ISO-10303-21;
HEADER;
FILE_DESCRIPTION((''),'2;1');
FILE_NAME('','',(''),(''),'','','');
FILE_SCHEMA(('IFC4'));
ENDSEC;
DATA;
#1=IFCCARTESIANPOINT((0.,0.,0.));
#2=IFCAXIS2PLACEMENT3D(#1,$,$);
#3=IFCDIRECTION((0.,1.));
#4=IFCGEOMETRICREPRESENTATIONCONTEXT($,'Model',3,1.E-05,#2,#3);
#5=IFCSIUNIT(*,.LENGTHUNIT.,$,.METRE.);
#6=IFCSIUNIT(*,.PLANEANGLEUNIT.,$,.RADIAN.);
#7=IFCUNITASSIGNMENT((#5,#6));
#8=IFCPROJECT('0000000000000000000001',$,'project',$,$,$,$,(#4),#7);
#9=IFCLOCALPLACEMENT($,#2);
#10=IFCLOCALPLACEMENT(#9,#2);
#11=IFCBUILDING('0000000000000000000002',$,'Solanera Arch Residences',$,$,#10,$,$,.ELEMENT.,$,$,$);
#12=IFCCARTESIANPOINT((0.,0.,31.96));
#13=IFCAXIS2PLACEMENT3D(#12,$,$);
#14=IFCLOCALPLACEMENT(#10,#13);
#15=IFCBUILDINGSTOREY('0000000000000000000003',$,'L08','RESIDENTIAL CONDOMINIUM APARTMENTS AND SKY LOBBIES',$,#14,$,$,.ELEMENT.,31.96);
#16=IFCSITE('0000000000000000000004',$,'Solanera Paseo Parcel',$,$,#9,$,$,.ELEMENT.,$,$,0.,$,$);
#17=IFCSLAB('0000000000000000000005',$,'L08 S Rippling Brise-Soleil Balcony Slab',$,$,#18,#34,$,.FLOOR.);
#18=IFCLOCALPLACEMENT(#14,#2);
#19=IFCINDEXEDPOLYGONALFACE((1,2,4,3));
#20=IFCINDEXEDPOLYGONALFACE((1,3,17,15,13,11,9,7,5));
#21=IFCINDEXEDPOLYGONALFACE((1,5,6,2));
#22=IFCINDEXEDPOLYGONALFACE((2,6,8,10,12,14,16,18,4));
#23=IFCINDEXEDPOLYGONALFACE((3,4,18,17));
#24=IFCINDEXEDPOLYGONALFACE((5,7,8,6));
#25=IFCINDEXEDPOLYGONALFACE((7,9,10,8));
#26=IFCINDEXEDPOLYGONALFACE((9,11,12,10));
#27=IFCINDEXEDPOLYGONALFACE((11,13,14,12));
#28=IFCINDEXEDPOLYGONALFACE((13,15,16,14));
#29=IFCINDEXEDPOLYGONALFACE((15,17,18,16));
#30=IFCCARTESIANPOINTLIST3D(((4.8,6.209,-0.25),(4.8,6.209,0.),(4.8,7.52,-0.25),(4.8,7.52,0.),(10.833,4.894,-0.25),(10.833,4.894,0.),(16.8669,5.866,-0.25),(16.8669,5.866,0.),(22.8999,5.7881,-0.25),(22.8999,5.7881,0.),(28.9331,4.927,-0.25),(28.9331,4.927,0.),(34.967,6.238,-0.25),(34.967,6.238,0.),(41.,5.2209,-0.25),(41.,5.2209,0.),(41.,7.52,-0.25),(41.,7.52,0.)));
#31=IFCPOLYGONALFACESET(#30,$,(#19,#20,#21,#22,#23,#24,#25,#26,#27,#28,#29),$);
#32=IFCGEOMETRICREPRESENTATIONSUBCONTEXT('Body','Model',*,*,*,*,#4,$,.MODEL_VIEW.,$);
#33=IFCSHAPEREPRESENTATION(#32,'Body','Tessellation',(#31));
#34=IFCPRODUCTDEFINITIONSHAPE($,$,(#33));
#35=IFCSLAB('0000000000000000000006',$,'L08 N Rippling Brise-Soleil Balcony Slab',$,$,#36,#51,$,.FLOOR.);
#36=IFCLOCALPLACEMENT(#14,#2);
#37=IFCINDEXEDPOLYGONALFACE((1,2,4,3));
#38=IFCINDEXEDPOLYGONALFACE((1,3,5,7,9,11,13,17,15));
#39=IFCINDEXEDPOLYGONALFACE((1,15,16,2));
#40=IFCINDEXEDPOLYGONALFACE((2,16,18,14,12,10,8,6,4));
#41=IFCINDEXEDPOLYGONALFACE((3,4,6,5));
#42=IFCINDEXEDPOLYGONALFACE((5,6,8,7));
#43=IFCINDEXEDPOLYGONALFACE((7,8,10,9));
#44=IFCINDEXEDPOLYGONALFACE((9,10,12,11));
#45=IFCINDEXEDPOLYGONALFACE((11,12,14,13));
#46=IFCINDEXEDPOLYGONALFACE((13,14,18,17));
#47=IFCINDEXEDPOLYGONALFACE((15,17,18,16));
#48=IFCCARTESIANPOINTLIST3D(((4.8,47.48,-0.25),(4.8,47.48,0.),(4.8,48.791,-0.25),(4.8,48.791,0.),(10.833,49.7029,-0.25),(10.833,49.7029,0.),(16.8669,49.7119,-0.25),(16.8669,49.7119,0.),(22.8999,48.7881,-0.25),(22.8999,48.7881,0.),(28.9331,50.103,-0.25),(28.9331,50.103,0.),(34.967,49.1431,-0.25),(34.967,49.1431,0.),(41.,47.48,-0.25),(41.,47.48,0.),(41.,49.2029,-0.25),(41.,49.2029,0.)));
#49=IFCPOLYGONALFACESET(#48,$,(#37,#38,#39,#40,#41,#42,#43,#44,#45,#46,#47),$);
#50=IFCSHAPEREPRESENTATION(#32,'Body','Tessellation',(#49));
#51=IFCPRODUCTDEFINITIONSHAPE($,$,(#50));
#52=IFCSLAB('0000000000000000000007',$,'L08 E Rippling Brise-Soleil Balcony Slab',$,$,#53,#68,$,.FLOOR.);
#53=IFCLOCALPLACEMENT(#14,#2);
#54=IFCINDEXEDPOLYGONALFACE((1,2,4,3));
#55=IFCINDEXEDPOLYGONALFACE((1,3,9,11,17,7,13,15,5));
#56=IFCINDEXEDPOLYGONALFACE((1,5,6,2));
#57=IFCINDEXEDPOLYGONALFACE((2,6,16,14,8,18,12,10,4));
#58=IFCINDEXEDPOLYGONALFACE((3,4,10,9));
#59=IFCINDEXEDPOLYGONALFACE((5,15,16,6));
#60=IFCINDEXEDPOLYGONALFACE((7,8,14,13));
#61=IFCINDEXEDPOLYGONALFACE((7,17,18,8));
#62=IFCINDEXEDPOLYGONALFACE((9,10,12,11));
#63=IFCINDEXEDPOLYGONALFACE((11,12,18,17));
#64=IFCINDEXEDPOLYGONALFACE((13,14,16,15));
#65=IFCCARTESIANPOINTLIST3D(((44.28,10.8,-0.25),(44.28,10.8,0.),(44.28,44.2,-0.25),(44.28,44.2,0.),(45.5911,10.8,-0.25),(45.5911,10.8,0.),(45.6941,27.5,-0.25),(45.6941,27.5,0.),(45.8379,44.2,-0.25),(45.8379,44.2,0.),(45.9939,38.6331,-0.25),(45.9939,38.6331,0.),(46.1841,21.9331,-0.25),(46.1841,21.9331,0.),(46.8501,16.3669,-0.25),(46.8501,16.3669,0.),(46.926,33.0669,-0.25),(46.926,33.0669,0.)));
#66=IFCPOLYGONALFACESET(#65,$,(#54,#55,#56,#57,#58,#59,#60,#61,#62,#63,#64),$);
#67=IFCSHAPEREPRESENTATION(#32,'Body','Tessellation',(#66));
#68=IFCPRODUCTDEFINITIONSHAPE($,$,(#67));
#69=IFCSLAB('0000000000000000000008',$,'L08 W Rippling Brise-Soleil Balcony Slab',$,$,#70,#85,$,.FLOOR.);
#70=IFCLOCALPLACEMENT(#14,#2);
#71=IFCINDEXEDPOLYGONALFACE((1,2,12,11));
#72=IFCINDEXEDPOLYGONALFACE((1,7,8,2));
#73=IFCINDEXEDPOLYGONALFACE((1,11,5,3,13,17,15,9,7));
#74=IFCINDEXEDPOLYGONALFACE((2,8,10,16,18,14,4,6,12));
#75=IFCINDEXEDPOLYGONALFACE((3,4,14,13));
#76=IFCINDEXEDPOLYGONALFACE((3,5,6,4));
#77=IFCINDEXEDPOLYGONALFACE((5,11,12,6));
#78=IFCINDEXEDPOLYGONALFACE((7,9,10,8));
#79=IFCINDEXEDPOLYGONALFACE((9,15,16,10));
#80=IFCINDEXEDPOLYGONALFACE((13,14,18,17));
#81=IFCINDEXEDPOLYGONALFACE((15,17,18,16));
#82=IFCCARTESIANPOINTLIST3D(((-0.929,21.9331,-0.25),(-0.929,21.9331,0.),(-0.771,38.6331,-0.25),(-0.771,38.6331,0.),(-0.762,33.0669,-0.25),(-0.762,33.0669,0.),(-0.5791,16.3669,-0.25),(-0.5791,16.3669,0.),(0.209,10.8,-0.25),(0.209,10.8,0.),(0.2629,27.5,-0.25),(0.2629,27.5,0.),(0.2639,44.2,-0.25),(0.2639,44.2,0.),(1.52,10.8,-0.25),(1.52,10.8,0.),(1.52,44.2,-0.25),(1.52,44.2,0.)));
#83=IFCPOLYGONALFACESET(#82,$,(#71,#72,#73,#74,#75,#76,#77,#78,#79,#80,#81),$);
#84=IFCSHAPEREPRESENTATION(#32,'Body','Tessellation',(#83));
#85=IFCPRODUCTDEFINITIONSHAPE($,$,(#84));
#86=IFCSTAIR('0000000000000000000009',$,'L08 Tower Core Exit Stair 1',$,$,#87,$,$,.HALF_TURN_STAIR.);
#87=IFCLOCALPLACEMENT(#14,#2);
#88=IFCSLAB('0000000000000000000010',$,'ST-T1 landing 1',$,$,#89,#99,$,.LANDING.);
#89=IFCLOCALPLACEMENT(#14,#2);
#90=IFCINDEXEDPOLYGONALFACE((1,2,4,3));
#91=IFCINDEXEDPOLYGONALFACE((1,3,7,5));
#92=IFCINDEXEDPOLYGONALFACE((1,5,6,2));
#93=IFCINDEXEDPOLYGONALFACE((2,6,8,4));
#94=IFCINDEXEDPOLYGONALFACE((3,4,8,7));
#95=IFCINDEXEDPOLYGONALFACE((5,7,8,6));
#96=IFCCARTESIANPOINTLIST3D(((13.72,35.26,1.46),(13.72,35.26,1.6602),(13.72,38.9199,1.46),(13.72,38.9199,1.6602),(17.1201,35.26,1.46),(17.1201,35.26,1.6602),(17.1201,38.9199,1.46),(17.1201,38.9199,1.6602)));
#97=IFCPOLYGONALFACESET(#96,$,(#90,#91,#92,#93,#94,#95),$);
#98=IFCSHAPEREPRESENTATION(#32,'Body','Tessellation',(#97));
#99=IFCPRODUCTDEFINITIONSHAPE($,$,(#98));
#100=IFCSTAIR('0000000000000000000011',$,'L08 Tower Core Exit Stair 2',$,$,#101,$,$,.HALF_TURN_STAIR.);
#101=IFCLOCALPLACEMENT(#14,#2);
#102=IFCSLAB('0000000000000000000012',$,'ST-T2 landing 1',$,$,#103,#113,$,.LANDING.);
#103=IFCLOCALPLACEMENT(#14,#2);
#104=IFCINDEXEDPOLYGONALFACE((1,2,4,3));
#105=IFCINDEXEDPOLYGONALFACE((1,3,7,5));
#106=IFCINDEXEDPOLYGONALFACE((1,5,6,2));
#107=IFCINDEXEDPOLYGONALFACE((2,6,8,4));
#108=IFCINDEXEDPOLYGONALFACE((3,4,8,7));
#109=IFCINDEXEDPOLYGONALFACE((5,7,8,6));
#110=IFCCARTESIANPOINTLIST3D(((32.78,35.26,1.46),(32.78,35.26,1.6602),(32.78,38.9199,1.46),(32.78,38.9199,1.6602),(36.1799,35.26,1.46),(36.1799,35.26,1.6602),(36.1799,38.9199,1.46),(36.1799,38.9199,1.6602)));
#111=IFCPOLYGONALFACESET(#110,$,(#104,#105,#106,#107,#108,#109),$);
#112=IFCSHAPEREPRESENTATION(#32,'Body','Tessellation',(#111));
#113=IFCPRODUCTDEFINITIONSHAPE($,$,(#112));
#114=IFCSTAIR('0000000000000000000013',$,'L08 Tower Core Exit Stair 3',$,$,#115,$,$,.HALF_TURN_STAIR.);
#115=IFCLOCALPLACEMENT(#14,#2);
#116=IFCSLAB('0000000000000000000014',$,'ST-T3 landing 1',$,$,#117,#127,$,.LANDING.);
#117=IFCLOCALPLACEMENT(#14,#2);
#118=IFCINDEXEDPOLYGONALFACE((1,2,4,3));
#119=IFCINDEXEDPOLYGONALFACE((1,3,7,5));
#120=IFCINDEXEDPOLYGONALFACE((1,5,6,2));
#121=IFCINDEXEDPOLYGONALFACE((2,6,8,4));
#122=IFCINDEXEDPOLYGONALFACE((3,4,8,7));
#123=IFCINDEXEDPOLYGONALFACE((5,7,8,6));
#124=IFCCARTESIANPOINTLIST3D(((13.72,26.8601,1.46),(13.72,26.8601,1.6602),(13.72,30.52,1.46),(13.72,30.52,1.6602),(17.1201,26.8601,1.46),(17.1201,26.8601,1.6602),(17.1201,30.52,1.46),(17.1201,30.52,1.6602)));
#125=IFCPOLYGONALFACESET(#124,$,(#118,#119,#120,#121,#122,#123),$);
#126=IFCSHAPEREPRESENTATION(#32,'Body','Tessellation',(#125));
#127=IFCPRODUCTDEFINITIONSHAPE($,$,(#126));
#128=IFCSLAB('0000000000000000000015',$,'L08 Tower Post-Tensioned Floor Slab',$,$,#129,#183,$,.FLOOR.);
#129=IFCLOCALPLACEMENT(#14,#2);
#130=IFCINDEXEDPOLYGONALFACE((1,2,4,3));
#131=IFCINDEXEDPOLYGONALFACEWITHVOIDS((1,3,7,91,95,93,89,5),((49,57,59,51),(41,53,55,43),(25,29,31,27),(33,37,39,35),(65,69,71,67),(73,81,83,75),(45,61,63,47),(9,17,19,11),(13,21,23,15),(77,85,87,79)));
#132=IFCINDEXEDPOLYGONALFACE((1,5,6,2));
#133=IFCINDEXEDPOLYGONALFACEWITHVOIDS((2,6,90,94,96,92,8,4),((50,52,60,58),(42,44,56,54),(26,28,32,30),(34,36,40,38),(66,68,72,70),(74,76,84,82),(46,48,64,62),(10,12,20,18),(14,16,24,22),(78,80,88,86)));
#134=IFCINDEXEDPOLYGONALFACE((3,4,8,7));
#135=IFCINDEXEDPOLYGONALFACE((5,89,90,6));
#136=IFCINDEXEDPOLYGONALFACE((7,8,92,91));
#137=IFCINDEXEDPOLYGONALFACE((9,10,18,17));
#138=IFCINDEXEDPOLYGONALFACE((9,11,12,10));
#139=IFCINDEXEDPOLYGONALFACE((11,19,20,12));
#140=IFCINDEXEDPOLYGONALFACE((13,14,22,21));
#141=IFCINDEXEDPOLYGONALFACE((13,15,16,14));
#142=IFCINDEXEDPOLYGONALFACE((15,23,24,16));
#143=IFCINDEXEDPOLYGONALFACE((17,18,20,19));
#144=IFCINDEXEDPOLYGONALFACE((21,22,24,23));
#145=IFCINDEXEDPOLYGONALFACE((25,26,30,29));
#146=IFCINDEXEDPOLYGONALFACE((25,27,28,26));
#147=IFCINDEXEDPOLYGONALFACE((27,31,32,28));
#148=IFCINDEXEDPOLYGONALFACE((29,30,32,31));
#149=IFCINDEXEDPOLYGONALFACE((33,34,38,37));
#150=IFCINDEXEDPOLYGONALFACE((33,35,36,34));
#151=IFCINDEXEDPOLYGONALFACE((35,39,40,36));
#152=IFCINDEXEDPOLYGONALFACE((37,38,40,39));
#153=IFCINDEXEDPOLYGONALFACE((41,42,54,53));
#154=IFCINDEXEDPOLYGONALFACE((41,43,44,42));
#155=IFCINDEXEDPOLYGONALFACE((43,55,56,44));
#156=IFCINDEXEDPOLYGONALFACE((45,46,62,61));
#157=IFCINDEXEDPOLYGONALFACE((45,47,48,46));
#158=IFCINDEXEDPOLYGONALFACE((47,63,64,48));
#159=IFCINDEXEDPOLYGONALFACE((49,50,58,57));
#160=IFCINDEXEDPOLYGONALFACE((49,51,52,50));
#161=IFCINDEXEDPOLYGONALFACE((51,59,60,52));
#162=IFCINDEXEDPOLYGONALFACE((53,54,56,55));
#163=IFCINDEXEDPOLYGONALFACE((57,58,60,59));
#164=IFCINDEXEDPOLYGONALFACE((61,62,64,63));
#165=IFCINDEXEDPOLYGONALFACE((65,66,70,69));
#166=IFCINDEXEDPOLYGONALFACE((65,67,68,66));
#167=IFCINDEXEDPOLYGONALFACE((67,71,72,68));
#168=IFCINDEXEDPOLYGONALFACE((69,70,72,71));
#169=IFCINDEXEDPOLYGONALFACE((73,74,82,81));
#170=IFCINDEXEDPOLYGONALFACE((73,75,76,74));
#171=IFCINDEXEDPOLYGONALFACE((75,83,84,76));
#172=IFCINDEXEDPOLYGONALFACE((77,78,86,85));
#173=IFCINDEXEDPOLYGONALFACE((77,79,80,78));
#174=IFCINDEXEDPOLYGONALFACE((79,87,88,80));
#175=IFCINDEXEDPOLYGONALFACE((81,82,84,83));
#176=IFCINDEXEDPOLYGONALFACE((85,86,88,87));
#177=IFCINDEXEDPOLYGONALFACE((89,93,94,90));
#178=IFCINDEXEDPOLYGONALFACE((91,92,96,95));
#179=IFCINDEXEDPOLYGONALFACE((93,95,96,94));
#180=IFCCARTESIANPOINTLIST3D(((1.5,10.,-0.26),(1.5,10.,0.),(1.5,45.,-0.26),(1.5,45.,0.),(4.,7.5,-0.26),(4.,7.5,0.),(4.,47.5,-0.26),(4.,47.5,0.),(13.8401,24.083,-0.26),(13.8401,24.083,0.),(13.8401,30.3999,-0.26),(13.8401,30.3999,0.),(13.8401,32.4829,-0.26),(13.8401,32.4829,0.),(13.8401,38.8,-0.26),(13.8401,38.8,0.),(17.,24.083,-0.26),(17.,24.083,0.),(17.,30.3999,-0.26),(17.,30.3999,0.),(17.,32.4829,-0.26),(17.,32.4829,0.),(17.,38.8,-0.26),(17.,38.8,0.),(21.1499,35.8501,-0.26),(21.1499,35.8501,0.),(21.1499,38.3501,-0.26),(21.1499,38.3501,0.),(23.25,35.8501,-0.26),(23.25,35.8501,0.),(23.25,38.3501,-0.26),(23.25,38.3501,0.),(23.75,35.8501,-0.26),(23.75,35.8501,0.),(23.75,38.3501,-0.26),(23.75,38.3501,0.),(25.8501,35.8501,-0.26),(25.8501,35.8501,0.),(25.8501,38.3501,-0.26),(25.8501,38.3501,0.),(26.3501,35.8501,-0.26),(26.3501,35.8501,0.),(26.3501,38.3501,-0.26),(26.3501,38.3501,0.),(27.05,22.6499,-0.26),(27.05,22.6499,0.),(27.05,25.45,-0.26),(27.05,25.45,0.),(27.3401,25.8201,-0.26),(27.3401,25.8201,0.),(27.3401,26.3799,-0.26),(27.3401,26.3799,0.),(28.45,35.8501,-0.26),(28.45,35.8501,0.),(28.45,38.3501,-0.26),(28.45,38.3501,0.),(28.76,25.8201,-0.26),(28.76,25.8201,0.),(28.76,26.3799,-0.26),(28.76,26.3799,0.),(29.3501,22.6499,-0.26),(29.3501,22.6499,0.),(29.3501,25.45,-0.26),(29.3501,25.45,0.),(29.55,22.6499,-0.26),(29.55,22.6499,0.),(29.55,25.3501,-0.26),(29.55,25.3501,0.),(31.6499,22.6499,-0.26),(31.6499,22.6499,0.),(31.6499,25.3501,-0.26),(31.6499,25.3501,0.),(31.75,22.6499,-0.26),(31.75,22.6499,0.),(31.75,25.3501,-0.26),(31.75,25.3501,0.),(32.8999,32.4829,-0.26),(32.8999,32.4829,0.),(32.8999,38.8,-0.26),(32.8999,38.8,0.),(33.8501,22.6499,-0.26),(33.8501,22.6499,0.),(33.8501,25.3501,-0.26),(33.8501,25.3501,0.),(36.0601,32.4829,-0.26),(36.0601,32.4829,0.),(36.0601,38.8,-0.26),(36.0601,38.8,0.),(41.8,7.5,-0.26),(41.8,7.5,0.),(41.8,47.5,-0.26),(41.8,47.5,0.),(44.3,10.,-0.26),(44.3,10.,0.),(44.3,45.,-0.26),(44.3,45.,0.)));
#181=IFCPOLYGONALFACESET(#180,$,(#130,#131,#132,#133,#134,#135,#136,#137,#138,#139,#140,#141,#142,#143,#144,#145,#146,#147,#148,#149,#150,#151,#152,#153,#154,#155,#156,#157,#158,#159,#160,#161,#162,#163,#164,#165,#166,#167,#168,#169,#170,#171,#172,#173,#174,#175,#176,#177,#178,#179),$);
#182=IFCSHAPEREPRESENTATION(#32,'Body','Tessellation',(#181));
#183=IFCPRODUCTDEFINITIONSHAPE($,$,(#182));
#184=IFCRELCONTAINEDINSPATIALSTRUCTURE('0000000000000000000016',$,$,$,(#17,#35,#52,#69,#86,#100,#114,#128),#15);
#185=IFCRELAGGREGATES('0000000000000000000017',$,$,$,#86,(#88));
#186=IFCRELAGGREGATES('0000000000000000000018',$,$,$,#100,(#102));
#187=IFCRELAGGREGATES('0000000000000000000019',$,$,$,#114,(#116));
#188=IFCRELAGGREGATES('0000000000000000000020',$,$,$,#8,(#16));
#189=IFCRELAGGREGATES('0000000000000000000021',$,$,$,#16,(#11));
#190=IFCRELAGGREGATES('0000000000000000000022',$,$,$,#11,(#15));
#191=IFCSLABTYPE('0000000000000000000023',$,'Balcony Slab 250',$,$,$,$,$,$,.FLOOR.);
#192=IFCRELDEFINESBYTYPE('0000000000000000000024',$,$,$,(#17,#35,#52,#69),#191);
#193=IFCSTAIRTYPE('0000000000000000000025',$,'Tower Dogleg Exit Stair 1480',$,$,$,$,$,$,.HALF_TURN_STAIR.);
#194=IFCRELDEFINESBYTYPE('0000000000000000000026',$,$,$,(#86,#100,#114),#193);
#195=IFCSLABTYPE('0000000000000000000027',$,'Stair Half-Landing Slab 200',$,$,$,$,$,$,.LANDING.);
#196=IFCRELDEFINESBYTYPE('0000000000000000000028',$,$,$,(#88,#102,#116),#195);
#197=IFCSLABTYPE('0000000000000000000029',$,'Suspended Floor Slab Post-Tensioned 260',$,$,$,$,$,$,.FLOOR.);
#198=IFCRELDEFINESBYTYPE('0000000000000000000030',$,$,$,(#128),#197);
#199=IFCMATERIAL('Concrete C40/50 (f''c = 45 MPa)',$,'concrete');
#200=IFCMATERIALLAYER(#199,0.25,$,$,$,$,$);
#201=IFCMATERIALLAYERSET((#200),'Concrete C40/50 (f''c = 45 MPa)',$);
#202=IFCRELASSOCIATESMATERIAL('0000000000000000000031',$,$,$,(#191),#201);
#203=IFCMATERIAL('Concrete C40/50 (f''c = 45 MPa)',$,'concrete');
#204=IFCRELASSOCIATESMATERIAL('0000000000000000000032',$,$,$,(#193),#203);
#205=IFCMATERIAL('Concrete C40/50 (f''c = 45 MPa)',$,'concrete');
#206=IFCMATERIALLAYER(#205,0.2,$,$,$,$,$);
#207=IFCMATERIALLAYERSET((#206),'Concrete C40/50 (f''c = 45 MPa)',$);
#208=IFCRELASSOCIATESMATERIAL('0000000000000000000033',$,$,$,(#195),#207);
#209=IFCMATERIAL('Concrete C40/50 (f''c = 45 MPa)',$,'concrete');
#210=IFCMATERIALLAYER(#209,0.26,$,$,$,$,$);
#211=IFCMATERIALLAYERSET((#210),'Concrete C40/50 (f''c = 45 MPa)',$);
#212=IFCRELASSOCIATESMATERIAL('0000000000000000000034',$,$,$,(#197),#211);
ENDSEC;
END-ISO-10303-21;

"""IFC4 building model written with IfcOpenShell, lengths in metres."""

from ifc_helpers import new_model, si_unit, direction, frame, origin, place, context, subcontext, project, spatial, polyline, outline, extrude, material, layer, layer_set, type_object, element, aggregate, save


model = new_model("IFC4")

# Units and contexts
model_context = context("Model", 3, precision=1e-05, world=origin(), true_north=direction((0.0, 1.0)))
body_context = subcontext(model_context, "Body", "Model", "MODEL_VIEW")
ifc_project = project(units=[si_unit("LENGTHUNIT", "METRE"), si_unit("PLANEANGLEUNIT", "RADIAN")], contexts=[model_context])

# Site, building, storey
site_placement = place(None, origin())
site = spatial("IfcSite", under=ifc_project, at=site_placement, Name="Solanera Paseo Parcel", CompositionType="ELEMENT", RefElevation=0.0)
building_placement = place(site_placement, origin())
building = spatial("IfcBuilding", under=site, at=building_placement, Name="Solanera Arch Residences", CompositionType="ELEMENT")
storey_placement = place(building_placement, frame((0.0, 0.0, 31.96)))
storey = spatial("IfcBuildingStorey", under=building, at=storey_placement, Name="L08", Description="RESIDENTIAL CONDOMINIUM APARTMENTS AND SKY LOBBIES", CompositionType="ELEMENT", Elevation=31.96)

# Slabs
ifc_material_1 = material(Name="Concrete C40/50 (f'c = 45 MPa)", Category="concrete")
ifc_layer_1 = layer(ifc_material_1, 0.25)
ifc_layer_set_1 = layer_set([ifc_layer_1], Name="Concrete C40/50 (f'c = 45 MPa)")
slab_type_1 = type_object("IfcSlabType", Name="Balcony Slab 250", PredefinedType="FLOOR", material=ifc_layer_set_1)
slab_1_placement = place(storey_placement, frame((0.0, 0.0, -0.25)))
element("IfcSlab", 1, at=slab_1_placement, inside=storey, type_object=slab_type_1, Name="L08 S Rippling Brise-Soleil Balcony Slab", PredefinedType="FLOOR", context=body_context, shape_type="SweptSolid", body=[
    extrude(outline(polyline([(4.8, 6.209), (10.833, 4.894), (16.8669, 5.866), (22.8999, 5.7881), (28.9331, 4.927), (34.967, 6.238), (41.0, 5.2209), (41.0, 7.52), (4.8, 7.52), (4.8, 6.209)])), origin(), (0.0, 0.0, 1.0), 0.25),
])
slab_2_placement = place(storey_placement, frame((0.0, 0.0, -0.25)))
element("IfcSlab", 2, at=slab_2_placement, inside=storey, type_object=slab_type_1, Name="L08 N Rippling Brise-Soleil Balcony Slab", PredefinedType="FLOOR", context=body_context, shape_type="SweptSolid", body=[
    extrude(outline(polyline([(41.0, 49.2029), (34.967, 49.1431), (28.9331, 50.103), (22.8999, 48.7881), (16.8669, 49.7119), (10.833, 49.7029), (4.8, 48.791), (4.8, 47.48), (41.0, 47.48), (41.0, 49.2029)])), origin(), (0.0, 0.0, 1.0), 0.25),
])
slab_3_placement = place(storey_placement, frame((0.0, 0.0, -0.25)))
element("IfcSlab", 3, at=slab_3_placement, inside=storey, type_object=slab_type_1, Name="L08 E Rippling Brise-Soleil Balcony Slab", PredefinedType="FLOOR", context=body_context, shape_type="SweptSolid", body=[
    extrude(outline(polyline([(45.5911, 10.8), (46.8501, 16.3669), (46.1841, 21.9331), (45.6941, 27.5), (46.926, 33.0669), (45.9939, 38.6331), (45.8379, 44.2), (44.28, 44.2), (44.28, 10.8), (45.5911, 10.8)])), origin(), (0.0, 0.0, 1.0), 0.25),
])
slab_4_placement = place(storey_placement, frame((0.0, 0.0, -0.25)))
element("IfcSlab", 4, at=slab_4_placement, inside=storey, type_object=slab_type_1, Name="L08 W Rippling Brise-Soleil Balcony Slab", PredefinedType="FLOOR", context=body_context, shape_type="SweptSolid", body=[
    extrude(outline(polyline([(0.2639, 44.2), (-0.771, 38.6331), (-0.762, 33.0669), (0.2629, 27.5), (-0.929, 21.9331), (-0.5791, 16.3669), (0.209, 10.8), (1.52, 10.8), (1.52, 44.2), (0.2639, 44.2)])), origin(), (0.0, 0.0, 1.0), 0.25),
])

# Stairs, slabs
ifc_material_2 = material(Name="Concrete C40/50 (f'c = 45 MPa)", Category="concrete")
stair_type = type_object("IfcStairType", Name="Tower Dogleg Exit Stair 1480", PredefinedType="HALF_TURN_STAIR", material=ifc_material_2)
stair_1_placement = place(storey_placement, origin())
stair_1 = element("IfcStair", 5, at=stair_1_placement, inside=storey, type_object=stair_type, Name="L08 Tower Core Exit Stair 1", PredefinedType="HALF_TURN_STAIR")
ifc_material_3 = material(Name="Concrete C40/50 (f'c = 45 MPa)", Category="concrete")
ifc_layer_2 = layer(ifc_material_3, 0.2)
ifc_layer_set_2 = layer_set([ifc_layer_2], Name="Concrete C40/50 (f'c = 45 MPa)")
slab_type_2 = type_object("IfcSlabType", Name="Stair Half-Landing Slab 200", PredefinedType="LANDING", material=ifc_layer_set_2)
slab_5_placement = place(storey_placement, frame((0.0, 0.0, 1.46)))
slab_5 = element("IfcSlab", 6, at=slab_5_placement, type_object=slab_type_2, Name="ST-T1 landing 1", PredefinedType="LANDING", context=body_context, shape_type="SweptSolid", body=[
    extrude(outline(polyline([(17.1201, 35.26), (17.1201, 38.9199), (13.72, 38.9199), (13.72, 35.26), (17.1201, 35.26)])), origin(), (0.0, 0.0, 1.0), 0.2002),
])
aggregate(stair_1, [slab_5])
stair_2_placement = place(storey_placement, origin())
stair_2 = element("IfcStair", 7, at=stair_2_placement, inside=storey, type_object=stair_type, Name="L08 Tower Core Exit Stair 2", PredefinedType="HALF_TURN_STAIR")
slab_6_placement = place(storey_placement, frame((0.0, 0.0, 1.46)))
slab_6 = element("IfcSlab", 8, at=slab_6_placement, type_object=slab_type_2, Name="ST-T2 landing 1", PredefinedType="LANDING", context=body_context, shape_type="SweptSolid", body=[
    extrude(outline(polyline([(36.1799, 35.26), (36.1799, 38.9199), (32.78, 38.9199), (32.78, 35.26), (36.1799, 35.26)])), origin(), (0.0, 0.0, 1.0), 0.2002),
])
aggregate(stair_2, [slab_6])
stair_3_placement = place(storey_placement, origin())
stair_3 = element("IfcStair", 9, at=stair_3_placement, inside=storey, type_object=stair_type, Name="L08 Tower Core Exit Stair 3", PredefinedType="HALF_TURN_STAIR")
slab_7_placement = place(storey_placement, frame((0.0, 0.0, 1.46)))
slab_7 = element("IfcSlab", 10, at=slab_7_placement, type_object=slab_type_2, Name="ST-T3 landing 1", PredefinedType="LANDING", context=body_context, shape_type="SweptSolid", body=[
    extrude(outline(polyline([(17.1201, 26.8601), (17.1201, 30.52), (13.72, 30.52), (13.72, 26.8601), (17.1201, 26.8601)])), origin(), (0.0, 0.0, 1.0), 0.2002),
])
aggregate(stair_3, [slab_7])

# Slab
ifc_material_4 = material(Name="Concrete C40/50 (f'c = 45 MPa)", Category="concrete")
ifc_layer_3 = layer(ifc_material_4, 0.26)
ifc_layer_set_3 = layer_set([ifc_layer_3], Name="Concrete C40/50 (f'c = 45 MPa)")
slab_type_3 = type_object("IfcSlabType", Name="Suspended Floor Slab Post-Tensioned 260", PredefinedType="FLOOR", material=ifc_layer_set_3)
slab_8_placement = place(storey_placement, frame((0.0, 0.0, -0.26)))
element("IfcSlab", 11, at=slab_8_placement, inside=storey, type_object=slab_type_3, Name="L08 Tower Post-Tensioned Floor Slab", PredefinedType="FLOOR", context=body_context, shape_type="SweptSolid", body=[
    extrude(outline(polyline([(4.0, 7.5), (41.8, 7.5), (44.3, 10.0), (44.3, 45.0), (41.8, 47.5), (4.0, 47.5), (1.5, 45.0), (1.5, 10.0), (4.0, 7.5)]), holes=[polyline([(13.8401, 32.4829), (13.8401, 38.8), (17.0, 38.8), (17.0, 32.4829), (13.8401, 32.4829)]), polyline([(32.8999, 32.4829), (32.8999, 38.8), (36.0601, 38.8), (36.0601, 32.4829), (32.8999, 32.4829)]), polyline([(13.8401, 24.083), (13.8401, 30.3999), (17.0, 30.3999), (17.0, 24.083), (13.8401, 24.083)]), polyline([(21.1499, 38.3501), (23.25, 38.3501), (23.25, 35.8501), (21.1499, 35.8501), (21.1499, 38.3501)]), polyline([(23.75, 38.3501), (25.8501, 38.3501), (25.8501, 35.8501), (23.75, 35.8501), (23.75, 38.3501)]), polyline([(26.3501, 38.3501), (28.45, 38.3501), (28.45, 35.8501), (26.3501, 35.8501), (26.3501, 38.3501)]), polyline([(29.55, 25.3501), (31.6499, 25.3501), (31.6499, 22.6499), (29.55, 22.6499), (29.55, 25.3501)]), polyline([(31.75, 25.3501), (33.8501, 25.3501), (33.8501, 22.6499), (31.75, 22.6499), (31.75, 25.3501)]), polyline([(27.05, 25.45), (29.3501, 25.45), (29.3501, 22.6499), (27.05, 22.6499), (27.05, 25.45)]), polyline([(27.3401, 26.3799), (28.76, 26.3799), (28.76, 25.8201), (27.3401, 25.8201), (27.3401, 26.3799)])]), origin(), (0.0, 0.0, 1.0), 0.26),
])

save(model, "model.ifc")
